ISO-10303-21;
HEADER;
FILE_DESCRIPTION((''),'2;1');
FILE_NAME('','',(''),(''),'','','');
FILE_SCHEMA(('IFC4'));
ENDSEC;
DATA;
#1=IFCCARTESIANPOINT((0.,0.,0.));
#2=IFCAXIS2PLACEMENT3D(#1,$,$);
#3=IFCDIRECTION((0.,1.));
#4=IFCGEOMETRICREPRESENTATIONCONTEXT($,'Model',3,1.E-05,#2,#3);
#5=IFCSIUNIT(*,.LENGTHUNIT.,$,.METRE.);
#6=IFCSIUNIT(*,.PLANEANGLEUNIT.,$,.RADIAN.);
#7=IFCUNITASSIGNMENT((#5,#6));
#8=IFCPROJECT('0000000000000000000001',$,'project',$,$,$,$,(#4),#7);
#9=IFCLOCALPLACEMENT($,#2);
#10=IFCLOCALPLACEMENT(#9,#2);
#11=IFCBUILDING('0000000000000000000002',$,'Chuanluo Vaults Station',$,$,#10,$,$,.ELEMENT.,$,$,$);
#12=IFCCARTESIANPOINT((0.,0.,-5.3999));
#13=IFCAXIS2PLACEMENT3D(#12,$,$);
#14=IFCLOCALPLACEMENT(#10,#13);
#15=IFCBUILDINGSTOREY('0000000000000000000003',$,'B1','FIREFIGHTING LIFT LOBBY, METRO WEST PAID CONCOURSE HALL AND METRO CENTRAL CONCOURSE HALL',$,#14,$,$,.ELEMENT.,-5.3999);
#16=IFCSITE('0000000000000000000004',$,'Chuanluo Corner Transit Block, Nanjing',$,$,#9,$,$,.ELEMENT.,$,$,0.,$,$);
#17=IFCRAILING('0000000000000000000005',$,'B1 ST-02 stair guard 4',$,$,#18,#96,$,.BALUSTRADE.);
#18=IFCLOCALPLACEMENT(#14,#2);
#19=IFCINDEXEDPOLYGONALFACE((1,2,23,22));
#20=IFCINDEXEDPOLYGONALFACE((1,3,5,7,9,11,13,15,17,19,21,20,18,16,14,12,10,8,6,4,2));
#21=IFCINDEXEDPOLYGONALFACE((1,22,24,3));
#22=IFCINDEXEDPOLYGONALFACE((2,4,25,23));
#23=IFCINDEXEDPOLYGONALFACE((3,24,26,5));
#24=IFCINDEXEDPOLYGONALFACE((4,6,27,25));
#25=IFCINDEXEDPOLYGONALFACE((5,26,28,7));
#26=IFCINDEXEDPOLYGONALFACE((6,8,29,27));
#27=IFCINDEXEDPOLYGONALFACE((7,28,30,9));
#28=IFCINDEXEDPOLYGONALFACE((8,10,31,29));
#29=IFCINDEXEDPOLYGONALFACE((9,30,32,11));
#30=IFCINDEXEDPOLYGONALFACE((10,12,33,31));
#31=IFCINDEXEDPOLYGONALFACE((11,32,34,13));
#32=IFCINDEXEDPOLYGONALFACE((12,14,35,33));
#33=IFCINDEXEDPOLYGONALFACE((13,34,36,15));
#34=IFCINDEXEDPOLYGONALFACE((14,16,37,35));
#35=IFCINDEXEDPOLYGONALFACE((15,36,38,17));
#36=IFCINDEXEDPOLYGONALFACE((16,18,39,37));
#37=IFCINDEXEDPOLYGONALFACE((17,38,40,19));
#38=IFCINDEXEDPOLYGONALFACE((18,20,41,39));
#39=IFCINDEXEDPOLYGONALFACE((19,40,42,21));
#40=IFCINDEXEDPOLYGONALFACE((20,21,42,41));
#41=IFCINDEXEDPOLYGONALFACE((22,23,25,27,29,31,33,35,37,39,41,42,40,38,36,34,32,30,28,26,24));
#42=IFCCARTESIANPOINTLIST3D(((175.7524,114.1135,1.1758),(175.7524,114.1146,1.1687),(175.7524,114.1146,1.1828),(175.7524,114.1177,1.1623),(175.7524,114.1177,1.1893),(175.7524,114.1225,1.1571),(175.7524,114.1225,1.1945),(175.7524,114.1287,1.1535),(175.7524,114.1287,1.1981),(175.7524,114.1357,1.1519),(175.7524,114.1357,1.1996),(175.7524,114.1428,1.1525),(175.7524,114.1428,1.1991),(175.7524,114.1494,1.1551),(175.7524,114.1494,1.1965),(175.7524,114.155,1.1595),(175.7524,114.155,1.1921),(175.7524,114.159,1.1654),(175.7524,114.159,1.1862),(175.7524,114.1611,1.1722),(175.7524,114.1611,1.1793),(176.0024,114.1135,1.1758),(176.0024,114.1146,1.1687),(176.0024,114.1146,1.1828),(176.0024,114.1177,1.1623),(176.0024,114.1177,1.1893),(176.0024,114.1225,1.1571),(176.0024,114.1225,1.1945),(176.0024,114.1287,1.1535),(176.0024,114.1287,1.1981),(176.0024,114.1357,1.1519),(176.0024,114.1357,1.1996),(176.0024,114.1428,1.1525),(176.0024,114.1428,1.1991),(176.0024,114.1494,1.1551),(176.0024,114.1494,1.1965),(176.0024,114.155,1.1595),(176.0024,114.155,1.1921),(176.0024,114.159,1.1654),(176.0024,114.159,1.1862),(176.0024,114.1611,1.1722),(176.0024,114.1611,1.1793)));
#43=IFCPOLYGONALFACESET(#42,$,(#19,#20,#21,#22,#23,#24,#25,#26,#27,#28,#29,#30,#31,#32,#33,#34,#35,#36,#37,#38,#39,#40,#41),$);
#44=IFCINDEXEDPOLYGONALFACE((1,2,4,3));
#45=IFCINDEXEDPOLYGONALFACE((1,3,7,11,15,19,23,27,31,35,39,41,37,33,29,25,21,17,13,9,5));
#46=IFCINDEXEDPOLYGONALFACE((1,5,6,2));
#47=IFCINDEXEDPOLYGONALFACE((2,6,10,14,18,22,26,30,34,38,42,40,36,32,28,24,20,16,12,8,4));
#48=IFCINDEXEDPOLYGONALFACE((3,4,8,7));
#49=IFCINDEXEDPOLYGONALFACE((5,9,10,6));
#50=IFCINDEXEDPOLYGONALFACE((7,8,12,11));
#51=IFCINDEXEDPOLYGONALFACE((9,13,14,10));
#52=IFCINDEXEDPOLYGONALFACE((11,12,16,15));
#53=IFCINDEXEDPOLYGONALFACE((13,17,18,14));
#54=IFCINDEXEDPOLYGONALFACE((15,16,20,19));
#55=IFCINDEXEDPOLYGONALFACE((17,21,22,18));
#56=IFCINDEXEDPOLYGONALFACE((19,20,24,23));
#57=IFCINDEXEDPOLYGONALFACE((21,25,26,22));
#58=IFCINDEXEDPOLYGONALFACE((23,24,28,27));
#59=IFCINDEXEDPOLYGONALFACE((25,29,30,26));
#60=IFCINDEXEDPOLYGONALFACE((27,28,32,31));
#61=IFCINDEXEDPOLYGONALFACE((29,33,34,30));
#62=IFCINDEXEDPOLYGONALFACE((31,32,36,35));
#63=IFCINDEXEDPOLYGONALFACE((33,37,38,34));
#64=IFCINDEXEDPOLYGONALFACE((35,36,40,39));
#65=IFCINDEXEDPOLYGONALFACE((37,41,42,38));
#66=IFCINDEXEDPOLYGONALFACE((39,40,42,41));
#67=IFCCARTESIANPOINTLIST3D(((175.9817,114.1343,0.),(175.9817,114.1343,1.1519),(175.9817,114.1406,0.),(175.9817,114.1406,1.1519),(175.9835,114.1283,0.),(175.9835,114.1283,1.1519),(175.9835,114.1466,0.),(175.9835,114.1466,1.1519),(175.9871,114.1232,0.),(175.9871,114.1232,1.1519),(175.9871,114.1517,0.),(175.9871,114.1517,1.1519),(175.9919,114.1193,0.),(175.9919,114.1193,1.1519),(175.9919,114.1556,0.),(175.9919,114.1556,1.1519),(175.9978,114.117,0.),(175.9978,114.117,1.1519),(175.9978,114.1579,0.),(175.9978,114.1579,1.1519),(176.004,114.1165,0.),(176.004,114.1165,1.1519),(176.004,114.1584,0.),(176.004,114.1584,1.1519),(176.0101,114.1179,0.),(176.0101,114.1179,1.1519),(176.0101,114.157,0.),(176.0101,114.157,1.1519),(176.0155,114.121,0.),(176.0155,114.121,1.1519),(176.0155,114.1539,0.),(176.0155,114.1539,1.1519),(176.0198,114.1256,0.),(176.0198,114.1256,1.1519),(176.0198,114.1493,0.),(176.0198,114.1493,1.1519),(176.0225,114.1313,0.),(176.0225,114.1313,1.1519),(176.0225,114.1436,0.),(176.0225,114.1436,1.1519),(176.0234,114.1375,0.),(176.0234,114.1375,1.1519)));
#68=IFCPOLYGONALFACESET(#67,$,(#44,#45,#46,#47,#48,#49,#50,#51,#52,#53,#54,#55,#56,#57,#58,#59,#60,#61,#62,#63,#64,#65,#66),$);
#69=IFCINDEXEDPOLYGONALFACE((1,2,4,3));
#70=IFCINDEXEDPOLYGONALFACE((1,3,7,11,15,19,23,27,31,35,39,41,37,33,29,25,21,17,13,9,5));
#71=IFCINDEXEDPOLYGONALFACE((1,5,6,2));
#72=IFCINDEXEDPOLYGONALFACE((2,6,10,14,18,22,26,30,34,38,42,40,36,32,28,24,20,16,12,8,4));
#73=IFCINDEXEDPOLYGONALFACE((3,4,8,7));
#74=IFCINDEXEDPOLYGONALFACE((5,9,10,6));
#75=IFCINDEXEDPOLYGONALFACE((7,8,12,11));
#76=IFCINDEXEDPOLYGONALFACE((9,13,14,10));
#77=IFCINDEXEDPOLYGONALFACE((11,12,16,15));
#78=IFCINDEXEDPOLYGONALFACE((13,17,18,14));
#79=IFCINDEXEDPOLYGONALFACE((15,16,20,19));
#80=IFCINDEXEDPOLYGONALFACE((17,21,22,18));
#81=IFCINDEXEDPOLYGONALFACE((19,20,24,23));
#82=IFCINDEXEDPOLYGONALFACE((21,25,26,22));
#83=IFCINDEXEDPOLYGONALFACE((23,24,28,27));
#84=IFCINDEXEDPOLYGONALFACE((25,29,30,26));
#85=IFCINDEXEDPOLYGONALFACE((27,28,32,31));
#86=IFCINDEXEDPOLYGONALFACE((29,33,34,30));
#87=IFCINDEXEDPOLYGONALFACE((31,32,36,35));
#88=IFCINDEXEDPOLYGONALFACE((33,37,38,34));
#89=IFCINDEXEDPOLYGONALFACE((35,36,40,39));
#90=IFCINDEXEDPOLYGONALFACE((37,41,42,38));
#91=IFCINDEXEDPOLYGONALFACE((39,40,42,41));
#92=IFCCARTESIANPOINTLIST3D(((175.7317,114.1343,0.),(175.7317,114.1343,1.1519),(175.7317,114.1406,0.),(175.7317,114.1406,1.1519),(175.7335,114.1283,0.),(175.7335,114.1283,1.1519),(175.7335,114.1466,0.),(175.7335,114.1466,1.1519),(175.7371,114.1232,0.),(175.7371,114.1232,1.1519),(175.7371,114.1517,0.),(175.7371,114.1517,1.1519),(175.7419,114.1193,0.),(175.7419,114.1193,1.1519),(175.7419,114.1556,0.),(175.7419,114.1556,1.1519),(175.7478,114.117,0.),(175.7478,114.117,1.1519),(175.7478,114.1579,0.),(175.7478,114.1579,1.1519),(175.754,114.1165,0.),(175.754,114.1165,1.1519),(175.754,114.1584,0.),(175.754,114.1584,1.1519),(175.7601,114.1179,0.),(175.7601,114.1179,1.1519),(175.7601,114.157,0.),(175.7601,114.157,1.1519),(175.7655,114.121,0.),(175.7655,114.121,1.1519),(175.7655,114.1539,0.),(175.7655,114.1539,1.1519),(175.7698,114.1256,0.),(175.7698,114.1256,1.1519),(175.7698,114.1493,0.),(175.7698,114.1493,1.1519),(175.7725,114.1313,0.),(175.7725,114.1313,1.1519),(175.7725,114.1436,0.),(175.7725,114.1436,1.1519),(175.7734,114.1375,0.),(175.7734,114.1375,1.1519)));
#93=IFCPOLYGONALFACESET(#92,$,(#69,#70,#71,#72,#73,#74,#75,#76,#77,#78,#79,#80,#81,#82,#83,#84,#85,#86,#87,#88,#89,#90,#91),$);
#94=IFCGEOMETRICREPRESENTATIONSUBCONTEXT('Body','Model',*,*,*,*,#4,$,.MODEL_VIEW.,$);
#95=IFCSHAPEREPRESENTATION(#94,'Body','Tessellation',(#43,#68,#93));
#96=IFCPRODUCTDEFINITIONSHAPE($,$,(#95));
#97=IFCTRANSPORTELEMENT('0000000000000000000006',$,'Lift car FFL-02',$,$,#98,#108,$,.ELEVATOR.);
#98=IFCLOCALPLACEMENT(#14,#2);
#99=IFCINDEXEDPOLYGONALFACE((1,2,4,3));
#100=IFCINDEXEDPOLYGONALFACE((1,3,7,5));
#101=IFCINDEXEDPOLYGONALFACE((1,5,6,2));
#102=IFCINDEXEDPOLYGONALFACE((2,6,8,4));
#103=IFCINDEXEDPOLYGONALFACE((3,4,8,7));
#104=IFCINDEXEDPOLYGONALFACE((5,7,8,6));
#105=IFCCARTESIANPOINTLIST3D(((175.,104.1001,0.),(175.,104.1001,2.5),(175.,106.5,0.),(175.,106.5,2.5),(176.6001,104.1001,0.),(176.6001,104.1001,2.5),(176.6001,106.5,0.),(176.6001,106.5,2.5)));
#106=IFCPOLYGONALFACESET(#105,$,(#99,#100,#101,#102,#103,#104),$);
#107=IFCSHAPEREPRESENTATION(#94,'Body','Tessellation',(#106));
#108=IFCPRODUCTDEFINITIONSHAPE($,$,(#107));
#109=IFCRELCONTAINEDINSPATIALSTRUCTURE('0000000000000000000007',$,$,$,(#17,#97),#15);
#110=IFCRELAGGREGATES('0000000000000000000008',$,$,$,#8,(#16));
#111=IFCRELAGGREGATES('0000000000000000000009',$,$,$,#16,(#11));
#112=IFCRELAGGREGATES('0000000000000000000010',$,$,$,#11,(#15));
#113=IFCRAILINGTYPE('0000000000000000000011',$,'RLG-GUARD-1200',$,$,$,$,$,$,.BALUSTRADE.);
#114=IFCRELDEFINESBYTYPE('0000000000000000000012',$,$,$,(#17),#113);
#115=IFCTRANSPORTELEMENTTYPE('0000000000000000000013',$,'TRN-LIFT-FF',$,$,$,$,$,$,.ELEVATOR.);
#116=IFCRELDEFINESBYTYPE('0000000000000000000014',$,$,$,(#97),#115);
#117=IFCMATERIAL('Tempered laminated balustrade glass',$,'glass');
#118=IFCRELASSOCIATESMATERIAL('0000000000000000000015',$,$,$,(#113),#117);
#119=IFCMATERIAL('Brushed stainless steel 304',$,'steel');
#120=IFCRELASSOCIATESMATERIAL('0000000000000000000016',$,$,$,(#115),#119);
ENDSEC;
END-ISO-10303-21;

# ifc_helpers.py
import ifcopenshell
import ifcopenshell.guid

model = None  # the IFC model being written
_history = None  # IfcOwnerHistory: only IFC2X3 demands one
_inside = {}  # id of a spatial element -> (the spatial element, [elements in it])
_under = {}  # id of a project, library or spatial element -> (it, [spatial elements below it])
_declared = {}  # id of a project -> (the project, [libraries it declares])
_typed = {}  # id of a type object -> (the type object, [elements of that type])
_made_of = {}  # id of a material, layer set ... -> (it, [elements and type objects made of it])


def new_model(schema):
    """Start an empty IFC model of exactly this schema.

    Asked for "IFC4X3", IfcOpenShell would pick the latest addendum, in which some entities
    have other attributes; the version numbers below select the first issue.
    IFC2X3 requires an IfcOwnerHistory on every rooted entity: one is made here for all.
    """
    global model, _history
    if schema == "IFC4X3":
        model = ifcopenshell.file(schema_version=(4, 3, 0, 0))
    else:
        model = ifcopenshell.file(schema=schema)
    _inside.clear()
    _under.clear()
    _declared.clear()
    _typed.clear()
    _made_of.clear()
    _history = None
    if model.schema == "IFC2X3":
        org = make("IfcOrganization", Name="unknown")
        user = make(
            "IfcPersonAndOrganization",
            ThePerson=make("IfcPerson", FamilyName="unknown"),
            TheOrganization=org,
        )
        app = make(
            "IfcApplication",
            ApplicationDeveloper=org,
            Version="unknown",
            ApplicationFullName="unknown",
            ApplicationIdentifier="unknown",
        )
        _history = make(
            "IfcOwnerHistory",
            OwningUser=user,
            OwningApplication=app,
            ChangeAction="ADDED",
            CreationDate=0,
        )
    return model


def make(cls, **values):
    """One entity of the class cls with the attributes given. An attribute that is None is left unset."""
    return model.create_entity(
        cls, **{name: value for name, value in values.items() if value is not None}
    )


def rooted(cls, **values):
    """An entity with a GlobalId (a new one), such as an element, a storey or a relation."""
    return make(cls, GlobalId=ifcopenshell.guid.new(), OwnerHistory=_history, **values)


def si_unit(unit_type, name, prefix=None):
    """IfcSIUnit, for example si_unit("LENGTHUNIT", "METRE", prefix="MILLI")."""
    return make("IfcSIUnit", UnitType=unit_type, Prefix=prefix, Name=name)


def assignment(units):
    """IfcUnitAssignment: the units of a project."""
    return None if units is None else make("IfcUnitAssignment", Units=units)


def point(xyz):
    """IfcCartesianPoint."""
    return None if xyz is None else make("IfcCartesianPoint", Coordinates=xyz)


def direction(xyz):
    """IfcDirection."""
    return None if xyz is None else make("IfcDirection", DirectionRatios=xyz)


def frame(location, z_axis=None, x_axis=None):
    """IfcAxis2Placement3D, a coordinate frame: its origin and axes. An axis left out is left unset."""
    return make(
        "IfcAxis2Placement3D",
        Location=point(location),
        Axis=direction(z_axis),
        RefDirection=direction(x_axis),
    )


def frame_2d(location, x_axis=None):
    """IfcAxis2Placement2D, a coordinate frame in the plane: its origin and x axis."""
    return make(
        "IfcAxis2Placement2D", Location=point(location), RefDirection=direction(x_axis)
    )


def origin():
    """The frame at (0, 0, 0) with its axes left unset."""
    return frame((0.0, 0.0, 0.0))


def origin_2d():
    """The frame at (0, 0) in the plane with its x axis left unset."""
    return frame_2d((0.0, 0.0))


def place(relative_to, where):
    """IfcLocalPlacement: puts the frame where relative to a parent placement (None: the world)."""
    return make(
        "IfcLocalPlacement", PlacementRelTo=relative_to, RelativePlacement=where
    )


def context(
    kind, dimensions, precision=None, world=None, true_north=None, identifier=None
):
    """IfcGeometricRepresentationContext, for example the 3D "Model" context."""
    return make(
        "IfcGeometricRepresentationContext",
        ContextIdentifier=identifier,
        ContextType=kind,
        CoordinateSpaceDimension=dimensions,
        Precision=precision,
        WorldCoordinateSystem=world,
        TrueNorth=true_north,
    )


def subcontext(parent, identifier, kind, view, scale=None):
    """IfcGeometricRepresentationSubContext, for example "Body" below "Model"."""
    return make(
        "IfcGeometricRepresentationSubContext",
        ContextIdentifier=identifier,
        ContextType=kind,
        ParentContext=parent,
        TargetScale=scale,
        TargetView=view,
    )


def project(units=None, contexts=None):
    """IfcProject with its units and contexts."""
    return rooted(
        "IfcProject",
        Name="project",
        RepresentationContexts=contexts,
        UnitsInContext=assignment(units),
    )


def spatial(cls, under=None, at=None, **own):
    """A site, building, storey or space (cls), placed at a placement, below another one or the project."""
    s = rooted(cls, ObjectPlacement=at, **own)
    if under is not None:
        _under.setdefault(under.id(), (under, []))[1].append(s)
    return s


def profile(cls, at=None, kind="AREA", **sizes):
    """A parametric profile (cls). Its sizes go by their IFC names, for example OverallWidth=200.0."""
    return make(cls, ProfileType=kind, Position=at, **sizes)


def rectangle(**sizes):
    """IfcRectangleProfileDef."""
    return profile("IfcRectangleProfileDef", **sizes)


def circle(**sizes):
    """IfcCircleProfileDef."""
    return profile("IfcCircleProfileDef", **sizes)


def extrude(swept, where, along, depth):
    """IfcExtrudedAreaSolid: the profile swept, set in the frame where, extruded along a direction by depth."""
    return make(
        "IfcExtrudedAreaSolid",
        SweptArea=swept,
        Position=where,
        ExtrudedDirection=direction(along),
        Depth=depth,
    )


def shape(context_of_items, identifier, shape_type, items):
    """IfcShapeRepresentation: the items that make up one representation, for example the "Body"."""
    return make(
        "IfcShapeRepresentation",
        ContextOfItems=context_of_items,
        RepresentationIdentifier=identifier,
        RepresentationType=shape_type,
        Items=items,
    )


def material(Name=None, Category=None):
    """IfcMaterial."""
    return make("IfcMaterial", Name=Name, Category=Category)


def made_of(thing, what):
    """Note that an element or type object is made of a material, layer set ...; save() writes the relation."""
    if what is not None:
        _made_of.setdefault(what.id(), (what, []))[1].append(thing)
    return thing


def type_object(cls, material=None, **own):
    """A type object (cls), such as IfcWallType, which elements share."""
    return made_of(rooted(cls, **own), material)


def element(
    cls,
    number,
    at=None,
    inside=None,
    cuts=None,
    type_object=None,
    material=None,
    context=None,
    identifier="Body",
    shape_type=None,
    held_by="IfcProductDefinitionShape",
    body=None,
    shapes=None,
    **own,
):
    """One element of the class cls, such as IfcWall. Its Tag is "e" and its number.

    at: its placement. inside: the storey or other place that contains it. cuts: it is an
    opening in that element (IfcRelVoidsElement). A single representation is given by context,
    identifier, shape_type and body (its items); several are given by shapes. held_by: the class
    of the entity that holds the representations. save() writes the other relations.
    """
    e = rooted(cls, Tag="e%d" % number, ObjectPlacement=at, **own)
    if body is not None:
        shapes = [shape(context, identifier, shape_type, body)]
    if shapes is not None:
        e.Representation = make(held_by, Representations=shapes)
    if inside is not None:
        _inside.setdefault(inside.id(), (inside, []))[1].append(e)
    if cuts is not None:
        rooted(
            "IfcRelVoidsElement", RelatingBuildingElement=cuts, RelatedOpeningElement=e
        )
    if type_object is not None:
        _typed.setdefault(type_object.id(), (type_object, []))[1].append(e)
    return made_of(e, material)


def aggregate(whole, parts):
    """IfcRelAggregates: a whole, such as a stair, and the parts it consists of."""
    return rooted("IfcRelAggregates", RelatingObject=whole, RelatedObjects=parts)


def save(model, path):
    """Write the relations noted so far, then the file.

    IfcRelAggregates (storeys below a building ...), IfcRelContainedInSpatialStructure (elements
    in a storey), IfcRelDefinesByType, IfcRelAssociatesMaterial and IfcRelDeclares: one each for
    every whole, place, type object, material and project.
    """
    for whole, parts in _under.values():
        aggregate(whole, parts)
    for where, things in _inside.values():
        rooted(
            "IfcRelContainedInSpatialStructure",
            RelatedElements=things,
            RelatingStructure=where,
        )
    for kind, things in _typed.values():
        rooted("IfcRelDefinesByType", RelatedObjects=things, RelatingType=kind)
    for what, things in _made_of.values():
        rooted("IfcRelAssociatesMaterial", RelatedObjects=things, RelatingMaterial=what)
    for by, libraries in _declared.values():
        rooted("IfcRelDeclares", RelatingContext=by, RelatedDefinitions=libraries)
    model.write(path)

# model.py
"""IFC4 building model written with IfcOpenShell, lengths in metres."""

from ifc_helpers import new_model, si_unit, direction, frame, origin, origin_2d, place, context, subcontext, project, spatial, rectangle, circle, extrude, material, type_object, element, save


model = new_model("IFC4")

# Units and contexts
model_context = context("Model", 3, precision=1e-05, world=origin(), true_north=direction((0.0, 1.0)))
body_context = subcontext(model_context, "Body", "Model", "MODEL_VIEW")
ifc_project = project(units=[si_unit("LENGTHUNIT", "METRE"), si_unit("PLANEANGLEUNIT", "RADIAN")], contexts=[model_context])

# Site, building, storey
site_placement = place(None, origin())
site = spatial("IfcSite", under=ifc_project, at=site_placement, Name="Chuanluo Corner Transit Block, Nanjing", CompositionType="ELEMENT", RefElevation=0.0)
building_placement = place(site_placement, origin())
building = spatial("IfcBuilding", under=site, at=building_placement, Name="Chuanluo Vaults Station", CompositionType="ELEMENT")
storey_placement = place(building_placement, frame((0.0, 0.0, -5.3999)))
storey = spatial("IfcBuildingStorey", under=building, at=storey_placement, Name="B1", Description="FIREFIGHTING LIFT LOBBY, METRO WEST PAID CONCOURSE HALL AND METRO CENTRAL CONCOURSE HALL", CompositionType="ELEMENT", Elevation=-5.3999)

# Railing
ifc_material_1 = material(Name="Tempered laminated balustrade glass", Category="glass")
railing_type = type_object("IfcRailingType", Name="RLG-GUARD-1200", PredefinedType="BALUSTRADE", material=ifc_material_1)
railing_1_placement = place(storey_placement, frame((176.0024, 114.1375, 0.0)))
element("IfcRailing", 1, at=railing_1_placement, inside=storey, type_object=railing_type, Name="B1 ST-02 stair guard 4", PredefinedType="BALUSTRADE", context=body_context, shape_type="SweptSolid", body=[
    extrude(circle(Radius=0.0239, at=origin_2d()), frame((0.0, 0.0, 1.1758), z_axis=(-1.0, 0.0, 0.0), x_axis=(0.0, -1.0, 0.0)), (0.0, 0.0, 1.0), 0.25),
    extrude(circle(Radius=0.021, at=origin_2d()), origin(), (0.0, 0.0, 1.0), 1.1519),
    extrude(circle(Radius=0.021, at=origin_2d()), frame((-0.25, 0.0, 0.0)), (0.0, 0.0, 1.0), 1.1519),
])

# Transport element
ifc_material_2 = material(Name="Brushed stainless steel 304", Category="steel")
transport_element_type = type_object("IfcTransportElementType", Name="TRN-LIFT-FF", PredefinedType="ELEVATOR", material=ifc_material_2)
transport_element_placement = place(storey_placement, frame((175.8, 105.3, 0.0), z_axis=(0.0, 0.0, 1.0), x_axis=(1.0, 0.0, 0.0)))
element("IfcTransportElement", 2, at=transport_element_placement, inside=storey, type_object=transport_element_type, Name="Lift car FFL-02", PredefinedType="ELEVATOR", context=body_context, shape_type="SweptSolid", body=[
    extrude(rectangle(XDim=1.6001, YDim=2.3999, at=origin_2d()), origin(), (0.0, 0.0, 1.0), 2.5),
])

save(model, "model.ifc")
